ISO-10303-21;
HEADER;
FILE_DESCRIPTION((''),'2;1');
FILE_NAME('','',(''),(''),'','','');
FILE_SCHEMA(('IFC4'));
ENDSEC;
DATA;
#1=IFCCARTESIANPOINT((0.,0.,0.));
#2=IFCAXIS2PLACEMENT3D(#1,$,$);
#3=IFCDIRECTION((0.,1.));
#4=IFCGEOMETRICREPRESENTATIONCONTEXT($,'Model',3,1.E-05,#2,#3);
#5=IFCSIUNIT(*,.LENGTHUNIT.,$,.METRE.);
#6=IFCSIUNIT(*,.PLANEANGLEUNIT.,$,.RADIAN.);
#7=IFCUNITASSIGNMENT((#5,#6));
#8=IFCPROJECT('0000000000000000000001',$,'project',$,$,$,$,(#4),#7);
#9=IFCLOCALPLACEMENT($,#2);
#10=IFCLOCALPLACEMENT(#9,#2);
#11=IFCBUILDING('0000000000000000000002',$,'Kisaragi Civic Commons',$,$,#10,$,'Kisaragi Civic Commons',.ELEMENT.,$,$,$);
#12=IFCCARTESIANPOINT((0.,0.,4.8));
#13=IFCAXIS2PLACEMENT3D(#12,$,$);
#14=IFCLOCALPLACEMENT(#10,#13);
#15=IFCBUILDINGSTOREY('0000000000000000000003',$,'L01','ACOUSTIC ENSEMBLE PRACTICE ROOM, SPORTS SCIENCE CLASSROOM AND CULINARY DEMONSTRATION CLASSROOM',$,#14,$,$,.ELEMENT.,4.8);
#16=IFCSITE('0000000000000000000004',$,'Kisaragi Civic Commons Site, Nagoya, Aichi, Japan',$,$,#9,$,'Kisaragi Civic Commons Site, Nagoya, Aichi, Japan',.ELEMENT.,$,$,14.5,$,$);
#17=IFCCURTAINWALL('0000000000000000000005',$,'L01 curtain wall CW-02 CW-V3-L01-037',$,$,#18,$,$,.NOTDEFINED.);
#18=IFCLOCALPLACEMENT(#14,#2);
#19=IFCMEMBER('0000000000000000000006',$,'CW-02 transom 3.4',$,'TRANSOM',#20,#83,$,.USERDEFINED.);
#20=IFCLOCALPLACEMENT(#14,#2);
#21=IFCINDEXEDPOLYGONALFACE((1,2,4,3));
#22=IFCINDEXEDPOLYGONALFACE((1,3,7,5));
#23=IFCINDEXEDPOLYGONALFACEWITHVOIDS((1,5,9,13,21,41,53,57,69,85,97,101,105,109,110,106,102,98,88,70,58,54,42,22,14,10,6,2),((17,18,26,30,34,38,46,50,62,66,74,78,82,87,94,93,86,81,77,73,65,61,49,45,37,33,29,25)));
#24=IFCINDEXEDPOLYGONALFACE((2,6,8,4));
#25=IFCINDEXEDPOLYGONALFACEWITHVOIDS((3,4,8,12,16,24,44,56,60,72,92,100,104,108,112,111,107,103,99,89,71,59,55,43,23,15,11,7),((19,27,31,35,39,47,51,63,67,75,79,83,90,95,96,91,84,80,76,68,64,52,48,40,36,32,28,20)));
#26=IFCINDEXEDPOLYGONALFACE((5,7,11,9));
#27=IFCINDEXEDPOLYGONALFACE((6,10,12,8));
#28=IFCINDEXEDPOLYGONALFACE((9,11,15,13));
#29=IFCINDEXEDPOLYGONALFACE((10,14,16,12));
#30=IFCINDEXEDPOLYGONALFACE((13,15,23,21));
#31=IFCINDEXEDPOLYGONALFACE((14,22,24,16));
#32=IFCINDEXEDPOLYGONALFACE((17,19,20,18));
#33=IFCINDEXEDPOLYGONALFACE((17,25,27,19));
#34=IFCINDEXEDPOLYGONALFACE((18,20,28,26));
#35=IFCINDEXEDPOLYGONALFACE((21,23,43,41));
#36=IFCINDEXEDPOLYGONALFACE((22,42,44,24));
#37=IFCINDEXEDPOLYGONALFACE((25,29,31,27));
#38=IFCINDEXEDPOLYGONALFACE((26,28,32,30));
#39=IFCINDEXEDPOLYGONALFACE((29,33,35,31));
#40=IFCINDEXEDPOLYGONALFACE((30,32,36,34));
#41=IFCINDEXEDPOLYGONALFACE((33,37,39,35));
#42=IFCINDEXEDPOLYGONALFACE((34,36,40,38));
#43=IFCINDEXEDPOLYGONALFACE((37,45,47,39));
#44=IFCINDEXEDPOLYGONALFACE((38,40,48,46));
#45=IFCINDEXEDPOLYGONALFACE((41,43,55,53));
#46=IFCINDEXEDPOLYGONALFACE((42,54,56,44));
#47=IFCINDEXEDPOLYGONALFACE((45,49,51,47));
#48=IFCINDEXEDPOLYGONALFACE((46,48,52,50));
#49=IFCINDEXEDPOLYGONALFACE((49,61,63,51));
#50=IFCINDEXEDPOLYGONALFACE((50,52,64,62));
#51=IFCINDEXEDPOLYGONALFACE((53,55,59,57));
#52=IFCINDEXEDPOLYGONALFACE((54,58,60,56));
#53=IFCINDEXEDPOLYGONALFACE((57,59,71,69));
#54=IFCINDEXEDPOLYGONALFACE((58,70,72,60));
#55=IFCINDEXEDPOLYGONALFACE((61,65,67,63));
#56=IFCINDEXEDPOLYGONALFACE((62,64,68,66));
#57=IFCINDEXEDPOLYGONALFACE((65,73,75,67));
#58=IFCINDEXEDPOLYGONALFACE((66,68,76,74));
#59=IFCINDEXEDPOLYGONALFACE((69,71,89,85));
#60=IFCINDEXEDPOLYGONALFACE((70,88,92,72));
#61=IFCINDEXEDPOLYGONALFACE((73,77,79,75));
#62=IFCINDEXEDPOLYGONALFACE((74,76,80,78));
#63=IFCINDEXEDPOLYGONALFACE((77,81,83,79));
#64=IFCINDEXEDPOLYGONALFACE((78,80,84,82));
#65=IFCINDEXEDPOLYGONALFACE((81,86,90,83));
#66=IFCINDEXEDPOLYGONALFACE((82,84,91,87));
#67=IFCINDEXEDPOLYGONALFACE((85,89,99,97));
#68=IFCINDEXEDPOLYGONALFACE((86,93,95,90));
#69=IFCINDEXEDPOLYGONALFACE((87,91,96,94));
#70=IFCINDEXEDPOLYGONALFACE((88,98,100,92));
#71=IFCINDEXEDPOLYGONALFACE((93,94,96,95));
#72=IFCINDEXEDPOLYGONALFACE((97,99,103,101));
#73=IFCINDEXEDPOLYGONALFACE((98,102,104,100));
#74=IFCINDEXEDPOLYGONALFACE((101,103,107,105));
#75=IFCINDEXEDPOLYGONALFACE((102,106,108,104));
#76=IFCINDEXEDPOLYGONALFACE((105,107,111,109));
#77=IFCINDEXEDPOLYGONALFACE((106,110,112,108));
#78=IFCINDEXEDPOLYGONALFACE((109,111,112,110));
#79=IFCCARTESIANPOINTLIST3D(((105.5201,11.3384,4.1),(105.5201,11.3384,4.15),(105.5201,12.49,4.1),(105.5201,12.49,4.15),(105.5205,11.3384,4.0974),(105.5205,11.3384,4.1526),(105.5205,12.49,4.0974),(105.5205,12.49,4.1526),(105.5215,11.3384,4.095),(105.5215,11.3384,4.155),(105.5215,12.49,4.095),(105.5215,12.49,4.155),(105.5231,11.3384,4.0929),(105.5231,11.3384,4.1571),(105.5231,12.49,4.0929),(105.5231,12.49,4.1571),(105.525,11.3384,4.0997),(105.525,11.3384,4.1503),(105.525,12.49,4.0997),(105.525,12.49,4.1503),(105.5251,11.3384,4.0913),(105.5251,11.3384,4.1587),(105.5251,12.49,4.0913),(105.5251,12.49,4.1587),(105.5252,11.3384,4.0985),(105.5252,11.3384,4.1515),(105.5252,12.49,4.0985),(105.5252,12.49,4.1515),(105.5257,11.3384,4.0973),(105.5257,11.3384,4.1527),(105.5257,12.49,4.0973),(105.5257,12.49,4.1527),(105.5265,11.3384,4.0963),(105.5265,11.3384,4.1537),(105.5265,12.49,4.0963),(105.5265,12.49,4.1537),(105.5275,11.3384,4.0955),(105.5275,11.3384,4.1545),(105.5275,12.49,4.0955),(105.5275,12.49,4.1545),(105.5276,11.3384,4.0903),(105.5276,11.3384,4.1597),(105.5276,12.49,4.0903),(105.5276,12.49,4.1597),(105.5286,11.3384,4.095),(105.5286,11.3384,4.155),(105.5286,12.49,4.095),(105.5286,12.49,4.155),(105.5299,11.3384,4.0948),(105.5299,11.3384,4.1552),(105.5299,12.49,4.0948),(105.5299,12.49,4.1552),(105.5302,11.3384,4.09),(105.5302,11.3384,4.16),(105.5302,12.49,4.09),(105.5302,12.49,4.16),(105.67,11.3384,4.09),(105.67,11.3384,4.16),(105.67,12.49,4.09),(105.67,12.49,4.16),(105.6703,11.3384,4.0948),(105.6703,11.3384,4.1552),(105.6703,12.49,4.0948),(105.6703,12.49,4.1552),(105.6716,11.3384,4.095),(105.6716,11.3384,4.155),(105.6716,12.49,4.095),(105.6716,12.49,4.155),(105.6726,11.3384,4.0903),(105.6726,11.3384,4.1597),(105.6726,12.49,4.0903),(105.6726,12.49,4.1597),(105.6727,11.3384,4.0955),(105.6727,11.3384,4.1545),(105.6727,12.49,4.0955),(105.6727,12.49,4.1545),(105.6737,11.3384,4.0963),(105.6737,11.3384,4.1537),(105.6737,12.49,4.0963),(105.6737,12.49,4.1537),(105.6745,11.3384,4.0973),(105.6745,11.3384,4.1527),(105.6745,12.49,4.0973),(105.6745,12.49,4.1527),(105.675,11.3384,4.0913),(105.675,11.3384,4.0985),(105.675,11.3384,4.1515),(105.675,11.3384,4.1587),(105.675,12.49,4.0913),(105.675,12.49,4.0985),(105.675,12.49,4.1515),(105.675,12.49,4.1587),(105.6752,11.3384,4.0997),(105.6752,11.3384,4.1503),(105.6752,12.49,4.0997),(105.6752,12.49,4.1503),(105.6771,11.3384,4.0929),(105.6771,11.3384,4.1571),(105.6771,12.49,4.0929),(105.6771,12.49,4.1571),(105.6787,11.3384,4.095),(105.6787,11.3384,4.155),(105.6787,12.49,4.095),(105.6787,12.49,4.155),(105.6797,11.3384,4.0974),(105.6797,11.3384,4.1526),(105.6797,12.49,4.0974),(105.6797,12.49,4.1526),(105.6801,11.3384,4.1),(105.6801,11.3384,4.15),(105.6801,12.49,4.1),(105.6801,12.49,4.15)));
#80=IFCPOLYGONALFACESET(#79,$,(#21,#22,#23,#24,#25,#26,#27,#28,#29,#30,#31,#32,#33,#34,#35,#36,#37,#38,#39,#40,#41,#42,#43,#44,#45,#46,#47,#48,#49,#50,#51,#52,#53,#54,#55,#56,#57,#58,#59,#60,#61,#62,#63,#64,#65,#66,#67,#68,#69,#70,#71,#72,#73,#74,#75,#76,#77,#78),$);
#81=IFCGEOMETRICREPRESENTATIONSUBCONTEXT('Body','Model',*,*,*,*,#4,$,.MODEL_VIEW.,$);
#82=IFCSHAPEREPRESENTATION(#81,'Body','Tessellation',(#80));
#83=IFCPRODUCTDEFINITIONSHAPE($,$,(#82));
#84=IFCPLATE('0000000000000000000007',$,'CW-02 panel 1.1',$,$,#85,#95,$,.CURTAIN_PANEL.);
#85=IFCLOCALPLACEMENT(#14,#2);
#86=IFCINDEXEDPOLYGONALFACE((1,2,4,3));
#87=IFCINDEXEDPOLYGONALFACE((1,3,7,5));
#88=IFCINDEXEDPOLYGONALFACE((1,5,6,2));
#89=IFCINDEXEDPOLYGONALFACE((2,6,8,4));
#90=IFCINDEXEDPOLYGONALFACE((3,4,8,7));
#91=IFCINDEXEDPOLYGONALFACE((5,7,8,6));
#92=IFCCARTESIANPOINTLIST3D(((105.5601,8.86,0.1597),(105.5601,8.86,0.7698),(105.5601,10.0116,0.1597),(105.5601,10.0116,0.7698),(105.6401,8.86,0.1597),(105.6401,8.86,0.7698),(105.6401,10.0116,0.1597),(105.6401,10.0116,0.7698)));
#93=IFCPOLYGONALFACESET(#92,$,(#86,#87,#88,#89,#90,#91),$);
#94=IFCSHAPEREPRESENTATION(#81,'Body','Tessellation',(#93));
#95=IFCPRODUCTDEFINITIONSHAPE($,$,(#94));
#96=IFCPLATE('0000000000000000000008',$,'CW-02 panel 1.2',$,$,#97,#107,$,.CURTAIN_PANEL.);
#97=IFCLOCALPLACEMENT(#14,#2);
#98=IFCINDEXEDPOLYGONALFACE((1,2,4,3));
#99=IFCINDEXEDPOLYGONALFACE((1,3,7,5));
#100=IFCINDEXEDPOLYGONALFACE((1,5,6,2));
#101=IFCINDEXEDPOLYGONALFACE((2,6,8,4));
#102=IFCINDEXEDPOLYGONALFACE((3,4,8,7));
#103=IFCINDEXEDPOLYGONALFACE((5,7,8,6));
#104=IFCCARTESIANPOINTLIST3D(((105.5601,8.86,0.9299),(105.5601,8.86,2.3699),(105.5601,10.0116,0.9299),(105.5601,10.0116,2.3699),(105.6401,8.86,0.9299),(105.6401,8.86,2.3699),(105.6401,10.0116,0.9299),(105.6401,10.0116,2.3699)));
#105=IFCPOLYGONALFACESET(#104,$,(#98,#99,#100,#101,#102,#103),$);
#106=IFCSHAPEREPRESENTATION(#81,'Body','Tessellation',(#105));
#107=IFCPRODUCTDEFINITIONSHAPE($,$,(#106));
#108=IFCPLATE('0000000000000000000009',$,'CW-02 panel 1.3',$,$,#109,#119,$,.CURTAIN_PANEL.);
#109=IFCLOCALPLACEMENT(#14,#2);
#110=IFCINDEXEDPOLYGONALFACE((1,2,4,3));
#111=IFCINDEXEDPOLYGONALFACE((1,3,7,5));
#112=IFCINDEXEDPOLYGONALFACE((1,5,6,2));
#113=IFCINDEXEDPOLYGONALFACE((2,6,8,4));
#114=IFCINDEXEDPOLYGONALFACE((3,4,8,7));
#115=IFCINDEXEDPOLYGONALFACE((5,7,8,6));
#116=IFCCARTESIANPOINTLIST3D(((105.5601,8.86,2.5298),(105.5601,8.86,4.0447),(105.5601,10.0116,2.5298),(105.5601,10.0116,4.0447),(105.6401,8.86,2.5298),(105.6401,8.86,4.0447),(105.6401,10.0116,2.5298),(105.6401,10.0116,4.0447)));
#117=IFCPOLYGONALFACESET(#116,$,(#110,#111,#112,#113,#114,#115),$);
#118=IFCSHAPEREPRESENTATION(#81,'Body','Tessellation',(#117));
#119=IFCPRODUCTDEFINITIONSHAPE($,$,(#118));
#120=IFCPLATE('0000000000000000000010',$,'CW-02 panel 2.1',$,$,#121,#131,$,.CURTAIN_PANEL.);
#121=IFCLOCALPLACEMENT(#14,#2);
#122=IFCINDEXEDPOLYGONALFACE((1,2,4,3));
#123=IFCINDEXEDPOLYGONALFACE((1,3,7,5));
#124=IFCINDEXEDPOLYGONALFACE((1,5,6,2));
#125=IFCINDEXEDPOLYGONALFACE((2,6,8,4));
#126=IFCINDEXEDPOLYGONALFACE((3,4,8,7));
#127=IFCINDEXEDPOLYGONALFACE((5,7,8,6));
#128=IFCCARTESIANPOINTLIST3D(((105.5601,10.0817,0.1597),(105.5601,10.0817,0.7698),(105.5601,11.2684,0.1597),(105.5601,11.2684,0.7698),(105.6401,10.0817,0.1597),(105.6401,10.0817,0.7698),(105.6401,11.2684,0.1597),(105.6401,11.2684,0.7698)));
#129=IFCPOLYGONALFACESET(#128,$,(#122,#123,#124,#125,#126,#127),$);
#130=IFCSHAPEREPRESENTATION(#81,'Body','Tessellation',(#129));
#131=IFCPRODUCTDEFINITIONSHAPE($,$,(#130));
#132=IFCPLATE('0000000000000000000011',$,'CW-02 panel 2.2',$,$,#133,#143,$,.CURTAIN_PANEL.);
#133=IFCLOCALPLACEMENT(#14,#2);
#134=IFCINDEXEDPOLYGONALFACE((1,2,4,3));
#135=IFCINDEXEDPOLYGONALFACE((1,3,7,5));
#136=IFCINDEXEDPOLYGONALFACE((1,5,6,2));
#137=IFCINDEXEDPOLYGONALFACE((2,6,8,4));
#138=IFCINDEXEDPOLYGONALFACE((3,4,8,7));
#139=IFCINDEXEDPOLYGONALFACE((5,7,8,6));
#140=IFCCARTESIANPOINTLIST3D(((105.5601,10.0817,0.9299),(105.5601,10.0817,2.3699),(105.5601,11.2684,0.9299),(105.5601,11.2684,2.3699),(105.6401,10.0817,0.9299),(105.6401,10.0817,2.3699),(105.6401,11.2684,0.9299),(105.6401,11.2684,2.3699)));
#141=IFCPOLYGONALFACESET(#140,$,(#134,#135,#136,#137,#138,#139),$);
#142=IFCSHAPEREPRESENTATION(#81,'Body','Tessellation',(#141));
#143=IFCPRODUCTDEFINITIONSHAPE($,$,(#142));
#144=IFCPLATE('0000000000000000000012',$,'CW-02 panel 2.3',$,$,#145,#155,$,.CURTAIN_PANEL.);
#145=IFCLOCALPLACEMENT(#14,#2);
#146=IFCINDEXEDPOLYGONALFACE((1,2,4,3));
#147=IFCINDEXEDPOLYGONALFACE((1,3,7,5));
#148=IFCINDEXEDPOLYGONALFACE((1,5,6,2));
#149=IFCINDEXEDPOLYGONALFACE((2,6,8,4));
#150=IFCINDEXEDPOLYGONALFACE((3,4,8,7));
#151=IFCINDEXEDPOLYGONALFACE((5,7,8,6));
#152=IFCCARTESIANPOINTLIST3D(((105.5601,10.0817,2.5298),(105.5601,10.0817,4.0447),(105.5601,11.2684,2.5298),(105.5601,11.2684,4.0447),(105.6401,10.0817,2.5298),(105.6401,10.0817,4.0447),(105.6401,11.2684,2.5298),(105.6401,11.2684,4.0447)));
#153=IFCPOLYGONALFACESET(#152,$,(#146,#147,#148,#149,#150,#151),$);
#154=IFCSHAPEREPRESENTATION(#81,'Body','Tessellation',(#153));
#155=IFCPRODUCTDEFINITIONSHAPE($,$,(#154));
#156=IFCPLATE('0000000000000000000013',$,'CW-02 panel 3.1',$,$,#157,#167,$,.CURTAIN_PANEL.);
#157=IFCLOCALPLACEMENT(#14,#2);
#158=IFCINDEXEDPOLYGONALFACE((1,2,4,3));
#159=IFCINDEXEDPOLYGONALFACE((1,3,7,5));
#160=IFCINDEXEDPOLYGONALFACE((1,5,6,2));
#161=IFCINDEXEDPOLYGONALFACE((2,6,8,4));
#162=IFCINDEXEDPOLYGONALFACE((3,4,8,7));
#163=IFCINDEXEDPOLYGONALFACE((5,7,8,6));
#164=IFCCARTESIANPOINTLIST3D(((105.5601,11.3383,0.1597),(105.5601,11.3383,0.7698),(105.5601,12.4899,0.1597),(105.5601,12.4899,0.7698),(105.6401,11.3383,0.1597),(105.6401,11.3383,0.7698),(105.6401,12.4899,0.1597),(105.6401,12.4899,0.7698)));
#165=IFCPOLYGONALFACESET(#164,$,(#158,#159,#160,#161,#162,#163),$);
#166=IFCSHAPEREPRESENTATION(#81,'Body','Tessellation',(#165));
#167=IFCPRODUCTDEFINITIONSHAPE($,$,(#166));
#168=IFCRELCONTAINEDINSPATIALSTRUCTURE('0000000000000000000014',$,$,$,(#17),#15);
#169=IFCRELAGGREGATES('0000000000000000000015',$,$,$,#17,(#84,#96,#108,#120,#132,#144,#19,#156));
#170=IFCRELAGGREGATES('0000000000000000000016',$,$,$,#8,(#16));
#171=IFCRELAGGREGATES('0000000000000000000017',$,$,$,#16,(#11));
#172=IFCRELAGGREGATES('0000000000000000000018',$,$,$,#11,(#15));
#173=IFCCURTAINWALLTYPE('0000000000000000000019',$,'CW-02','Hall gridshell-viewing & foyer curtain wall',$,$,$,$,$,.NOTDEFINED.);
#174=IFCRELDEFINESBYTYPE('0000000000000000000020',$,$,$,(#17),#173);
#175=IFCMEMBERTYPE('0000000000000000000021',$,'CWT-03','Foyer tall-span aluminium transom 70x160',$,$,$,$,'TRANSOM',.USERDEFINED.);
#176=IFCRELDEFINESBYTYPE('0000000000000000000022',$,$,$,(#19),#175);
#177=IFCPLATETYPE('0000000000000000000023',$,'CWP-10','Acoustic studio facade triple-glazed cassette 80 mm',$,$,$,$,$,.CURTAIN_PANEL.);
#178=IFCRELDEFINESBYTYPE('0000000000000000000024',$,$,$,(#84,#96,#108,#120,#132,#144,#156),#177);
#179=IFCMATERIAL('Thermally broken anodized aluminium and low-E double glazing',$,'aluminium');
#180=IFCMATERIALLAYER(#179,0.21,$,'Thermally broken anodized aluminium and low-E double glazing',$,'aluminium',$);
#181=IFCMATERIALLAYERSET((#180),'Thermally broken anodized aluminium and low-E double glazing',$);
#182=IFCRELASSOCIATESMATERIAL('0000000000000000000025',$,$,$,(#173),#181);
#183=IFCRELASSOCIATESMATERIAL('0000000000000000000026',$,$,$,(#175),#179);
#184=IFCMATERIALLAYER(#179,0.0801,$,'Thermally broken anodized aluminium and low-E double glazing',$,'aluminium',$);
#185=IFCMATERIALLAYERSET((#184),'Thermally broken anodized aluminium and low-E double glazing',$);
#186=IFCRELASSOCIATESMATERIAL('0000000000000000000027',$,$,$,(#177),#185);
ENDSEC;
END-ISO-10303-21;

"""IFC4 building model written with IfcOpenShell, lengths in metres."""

from ifc_helpers import new_model, si_unit, direction, frame, origin, origin_2d, place, context, subcontext, project, spatial, rectangle, hollow_rectangle, extrude, material, layer, layer_set, material_profile, profile_set, type_object, element, aggregate, save


model = new_model("IFC4")

# Units and contexts
model_context = context("Model", 3, precision=1e-05, world=origin(), true_north=direction((0.0, 1.0)))
body_context = subcontext(model_context, "Body", "Model", "MODEL_VIEW")
ifc_project = project(units=[si_unit("LENGTHUNIT", "METRE"), si_unit("PLANEANGLEUNIT", "RADIAN")], contexts=[model_context])

# Site, building, storey
site_placement = place(None, origin())
site = spatial("IfcSite", under=ifc_project, at=site_placement, Name="Kisaragi Civic Commons Site, Nagoya, Aichi, Japan", LongName="Kisaragi Civic Commons Site, Nagoya, Aichi, Japan", CompositionType="ELEMENT", RefElevation=14.5)
building_placement = place(site_placement, origin())
building = spatial("IfcBuilding", under=site, at=building_placement, Name="Kisaragi Civic Commons", LongName="Kisaragi Civic Commons", CompositionType="ELEMENT")
storey_placement = place(building_placement, frame((0.0, 0.0, 4.8)))
storey = spatial("IfcBuildingStorey", under=building, at=storey_placement, Name="L01", Description="ACOUSTIC ENSEMBLE PRACTICE ROOM, SPORTS SCIENCE CLASSROOM AND CULINARY DEMONSTRATION CLASSROOM", CompositionType="ELEMENT", Elevation=4.8)

# Curtain wall, member, plates
ifc_material = material(Name="Thermally broken anodized aluminium and low-E double glazing", Category="aluminium")
ifc_layer_1 = layer(ifc_material, 0.21, Name="Thermally broken anodized aluminium and low-E double glazing", Category="aluminium")
ifc_layer_set_1 = layer_set([ifc_layer_1], Name="Thermally broken anodized aluminium and low-E double glazing")
curtain_wall_type = type_object("IfcCurtainWallType", Name="CW-02", Description="Hall gridshell-viewing & foyer curtain wall", PredefinedType="NOTDEFINED", material=ifc_layer_set_1)
curtain_wall_placement = place(storey_placement, origin())
curtain_wall = element("IfcCurtainWall", 1, at=curtain_wall_placement, inside=storey, type_object=curtain_wall_type, Name="L01 curtain wall CW-02 CW-V3-L01-037", PredefinedType="NOTDEFINED")
ifc_material_profile_1 = material_profile(ifc_material, hollow_rectangle(XDim=0.1599, YDim=0.0701, WallThickness=0.0049, InnerFilletRadius=0.0049, OuterFilletRadius=0.01, at=origin_2d()), Name="CWT-70x160x5", Category="aluminium")
ifc_profile_set_1 = profile_set([ifc_material_profile_1], Name="Thermally broken anodized aluminium and low-E double glazing")
member_type_1 = type_object("IfcMemberType", Name="CWT-03", Description="Foyer tall-span aluminium transom 70x160", ElementType="TRANSOM", PredefinedType="USERDEFINED", material=ifc_profile_set_1)
member_1_placement = place(storey_placement, frame((105.6001, 11.3384, 4.125), z_axis=(0.0, 1.0, 0.0), x_axis=(-1.0, 0.0, 0.0)))
member_1 = element("IfcMember", 2, at=member_1_placement, type_object=member_type_1, Name="CW-02 transom 3.4", ObjectType="TRANSOM", PredefinedType="USERDEFINED", context=body_context, shape_type="SweptSolid", body=[
    extrude(hollow_rectangle(XDim=0.1599, YDim=0.0701, WallThickness=0.0049, InnerFilletRadius=0.0049, OuterFilletRadius=0.01, at=origin_2d()), origin(), (0.0, 0.0, 1.0), 1.1516),
])
ifc_layer_2 = layer(ifc_material, 0.0801, Name="Thermally broken anodized aluminium and low-E double glazing", Category="aluminium")
ifc_layer_set_2 = layer_set([ifc_layer_2], Name="Thermally broken anodized aluminium and low-E double glazing")
plate_type = type_object("IfcPlateType", Name="CWP-10", Description="Acoustic studio facade triple-glazed cassette 80 mm", PredefinedType="CURTAIN_PANEL", material=ifc_layer_set_2)
plate_1_placement = place(storey_placement, frame((105.6001, 9.4358, 0.1597), z_axis=(0.0, 0.0, 1.0), x_axis=(0.0, 1.0, 0.0)))
plate_1 = element("IfcPlate", 3, at=plate_1_placement, type_object=plate_type, Name="CW-02 panel 1.1", PredefinedType="CURTAIN_PANEL", context=body_context, shape_type="SweptSolid", body=[
    extrude(rectangle(XDim=1.1516, YDim=0.0801, at=origin_2d()), origin(), (0.0, 0.0, 1.0), 0.6101),
])
plate_2_placement = place(storey_placement, frame((105.6001, 9.4358, 0.9299), z_axis=(0.0, 0.0, 1.0), x_axis=(0.0, 1.0, 0.0)))
plate_2 = element("IfcPlate", 4, at=plate_2_placement, type_object=plate_type, Name="CW-02 panel 1.2", PredefinedType="CURTAIN_PANEL", context=body_context, shape_type="SweptSolid", body=[
    extrude(rectangle(XDim=1.1516, YDim=0.0801, at=origin_2d()), origin(), (0.0, 0.0, 1.0), 1.4399),
])
plate_3_placement = place(storey_placement, frame((105.6001, 9.4358, 2.5298), z_axis=(0.0, 0.0, 1.0), x_axis=(0.0, 1.0, 0.0)))
plate_3 = element("IfcPlate", 5, at=plate_3_placement, type_object=plate_type, Name="CW-02 panel 1.3", PredefinedType="CURTAIN_PANEL", context=body_context, shape_type="SweptSolid", body=[
    extrude(rectangle(XDim=1.1516, YDim=0.0801, at=origin_2d()), origin(), (0.0, 0.0, 1.0), 1.5149),
])
plate_4_placement = place(storey_placement, frame((105.6001, 10.675, 0.1597), z_axis=(0.0, 0.0, 1.0), x_axis=(0.0, 1.0, 0.0)))
plate_4 = element("IfcPlate", 6, at=plate_4_placement, type_object=plate_type, Name="CW-02 panel 2.1", PredefinedType="CURTAIN_PANEL", context=body_context, shape_type="SweptSolid", body=[
    extrude(rectangle(XDim=1.1868, YDim=0.0801, at=origin_2d()), origin(), (0.0, 0.0, 1.0), 0.6101),
])
plate_5_placement = place(storey_placement, frame((105.6001, 10.675, 0.9299), z_axis=(0.0, 0.0, 1.0), x_axis=(0.0, 1.0, 0.0)))
plate_5 = element("IfcPlate", 7, at=plate_5_placement, type_object=plate_type, Name="CW-02 panel 2.2", PredefinedType="CURTAIN_PANEL", context=body_context, shape_type="SweptSolid", body=[
    extrude(rectangle(XDim=1.1868, YDim=0.0801, at=origin_2d()), origin(), (0.0, 0.0, 1.0), 1.4399),
])
plate_6_placement = place(storey_placement, frame((105.6001, 10.675, 2.5298), z_axis=(0.0, 0.0, 1.0), x_axis=(0.0, 1.0, 0.0)))
plate_6 = element("IfcPlate", 8, at=plate_6_placement, type_object=plate_type, Name="CW-02 panel 2.3", PredefinedType="CURTAIN_PANEL", context=body_context, shape_type="SweptSolid", body=[
    extrude(rectangle(XDim=1.1868, YDim=0.0801, at=origin_2d()), origin(), (0.0, 0.0, 1.0), 1.5149),
])
plate_7_placement = place(storey_placement, frame((105.6001, 11.9141, 0.1597), z_axis=(0.0, 0.0, 1.0), x_axis=(0.0, 1.0, 0.0)))
plate_7 = element("IfcPlate", 9, at=plate_7_placement, type_object=plate_type, Name="CW-02 panel 3.1", PredefinedType="CURTAIN_PANEL", context=body_context, shape_type="SweptSolid", body=[
    extrude(rectangle(XDim=1.1516, YDim=0.0801, at=origin_2d()), origin(), (0.0, 0.0, 1.0), 0.6101),
])
aggregate(curtain_wall, [plate_1, plate_2, plate_3, plate_4, plate_5, plate_6, member_1, plate_7])

save(model, "model.ifc")
